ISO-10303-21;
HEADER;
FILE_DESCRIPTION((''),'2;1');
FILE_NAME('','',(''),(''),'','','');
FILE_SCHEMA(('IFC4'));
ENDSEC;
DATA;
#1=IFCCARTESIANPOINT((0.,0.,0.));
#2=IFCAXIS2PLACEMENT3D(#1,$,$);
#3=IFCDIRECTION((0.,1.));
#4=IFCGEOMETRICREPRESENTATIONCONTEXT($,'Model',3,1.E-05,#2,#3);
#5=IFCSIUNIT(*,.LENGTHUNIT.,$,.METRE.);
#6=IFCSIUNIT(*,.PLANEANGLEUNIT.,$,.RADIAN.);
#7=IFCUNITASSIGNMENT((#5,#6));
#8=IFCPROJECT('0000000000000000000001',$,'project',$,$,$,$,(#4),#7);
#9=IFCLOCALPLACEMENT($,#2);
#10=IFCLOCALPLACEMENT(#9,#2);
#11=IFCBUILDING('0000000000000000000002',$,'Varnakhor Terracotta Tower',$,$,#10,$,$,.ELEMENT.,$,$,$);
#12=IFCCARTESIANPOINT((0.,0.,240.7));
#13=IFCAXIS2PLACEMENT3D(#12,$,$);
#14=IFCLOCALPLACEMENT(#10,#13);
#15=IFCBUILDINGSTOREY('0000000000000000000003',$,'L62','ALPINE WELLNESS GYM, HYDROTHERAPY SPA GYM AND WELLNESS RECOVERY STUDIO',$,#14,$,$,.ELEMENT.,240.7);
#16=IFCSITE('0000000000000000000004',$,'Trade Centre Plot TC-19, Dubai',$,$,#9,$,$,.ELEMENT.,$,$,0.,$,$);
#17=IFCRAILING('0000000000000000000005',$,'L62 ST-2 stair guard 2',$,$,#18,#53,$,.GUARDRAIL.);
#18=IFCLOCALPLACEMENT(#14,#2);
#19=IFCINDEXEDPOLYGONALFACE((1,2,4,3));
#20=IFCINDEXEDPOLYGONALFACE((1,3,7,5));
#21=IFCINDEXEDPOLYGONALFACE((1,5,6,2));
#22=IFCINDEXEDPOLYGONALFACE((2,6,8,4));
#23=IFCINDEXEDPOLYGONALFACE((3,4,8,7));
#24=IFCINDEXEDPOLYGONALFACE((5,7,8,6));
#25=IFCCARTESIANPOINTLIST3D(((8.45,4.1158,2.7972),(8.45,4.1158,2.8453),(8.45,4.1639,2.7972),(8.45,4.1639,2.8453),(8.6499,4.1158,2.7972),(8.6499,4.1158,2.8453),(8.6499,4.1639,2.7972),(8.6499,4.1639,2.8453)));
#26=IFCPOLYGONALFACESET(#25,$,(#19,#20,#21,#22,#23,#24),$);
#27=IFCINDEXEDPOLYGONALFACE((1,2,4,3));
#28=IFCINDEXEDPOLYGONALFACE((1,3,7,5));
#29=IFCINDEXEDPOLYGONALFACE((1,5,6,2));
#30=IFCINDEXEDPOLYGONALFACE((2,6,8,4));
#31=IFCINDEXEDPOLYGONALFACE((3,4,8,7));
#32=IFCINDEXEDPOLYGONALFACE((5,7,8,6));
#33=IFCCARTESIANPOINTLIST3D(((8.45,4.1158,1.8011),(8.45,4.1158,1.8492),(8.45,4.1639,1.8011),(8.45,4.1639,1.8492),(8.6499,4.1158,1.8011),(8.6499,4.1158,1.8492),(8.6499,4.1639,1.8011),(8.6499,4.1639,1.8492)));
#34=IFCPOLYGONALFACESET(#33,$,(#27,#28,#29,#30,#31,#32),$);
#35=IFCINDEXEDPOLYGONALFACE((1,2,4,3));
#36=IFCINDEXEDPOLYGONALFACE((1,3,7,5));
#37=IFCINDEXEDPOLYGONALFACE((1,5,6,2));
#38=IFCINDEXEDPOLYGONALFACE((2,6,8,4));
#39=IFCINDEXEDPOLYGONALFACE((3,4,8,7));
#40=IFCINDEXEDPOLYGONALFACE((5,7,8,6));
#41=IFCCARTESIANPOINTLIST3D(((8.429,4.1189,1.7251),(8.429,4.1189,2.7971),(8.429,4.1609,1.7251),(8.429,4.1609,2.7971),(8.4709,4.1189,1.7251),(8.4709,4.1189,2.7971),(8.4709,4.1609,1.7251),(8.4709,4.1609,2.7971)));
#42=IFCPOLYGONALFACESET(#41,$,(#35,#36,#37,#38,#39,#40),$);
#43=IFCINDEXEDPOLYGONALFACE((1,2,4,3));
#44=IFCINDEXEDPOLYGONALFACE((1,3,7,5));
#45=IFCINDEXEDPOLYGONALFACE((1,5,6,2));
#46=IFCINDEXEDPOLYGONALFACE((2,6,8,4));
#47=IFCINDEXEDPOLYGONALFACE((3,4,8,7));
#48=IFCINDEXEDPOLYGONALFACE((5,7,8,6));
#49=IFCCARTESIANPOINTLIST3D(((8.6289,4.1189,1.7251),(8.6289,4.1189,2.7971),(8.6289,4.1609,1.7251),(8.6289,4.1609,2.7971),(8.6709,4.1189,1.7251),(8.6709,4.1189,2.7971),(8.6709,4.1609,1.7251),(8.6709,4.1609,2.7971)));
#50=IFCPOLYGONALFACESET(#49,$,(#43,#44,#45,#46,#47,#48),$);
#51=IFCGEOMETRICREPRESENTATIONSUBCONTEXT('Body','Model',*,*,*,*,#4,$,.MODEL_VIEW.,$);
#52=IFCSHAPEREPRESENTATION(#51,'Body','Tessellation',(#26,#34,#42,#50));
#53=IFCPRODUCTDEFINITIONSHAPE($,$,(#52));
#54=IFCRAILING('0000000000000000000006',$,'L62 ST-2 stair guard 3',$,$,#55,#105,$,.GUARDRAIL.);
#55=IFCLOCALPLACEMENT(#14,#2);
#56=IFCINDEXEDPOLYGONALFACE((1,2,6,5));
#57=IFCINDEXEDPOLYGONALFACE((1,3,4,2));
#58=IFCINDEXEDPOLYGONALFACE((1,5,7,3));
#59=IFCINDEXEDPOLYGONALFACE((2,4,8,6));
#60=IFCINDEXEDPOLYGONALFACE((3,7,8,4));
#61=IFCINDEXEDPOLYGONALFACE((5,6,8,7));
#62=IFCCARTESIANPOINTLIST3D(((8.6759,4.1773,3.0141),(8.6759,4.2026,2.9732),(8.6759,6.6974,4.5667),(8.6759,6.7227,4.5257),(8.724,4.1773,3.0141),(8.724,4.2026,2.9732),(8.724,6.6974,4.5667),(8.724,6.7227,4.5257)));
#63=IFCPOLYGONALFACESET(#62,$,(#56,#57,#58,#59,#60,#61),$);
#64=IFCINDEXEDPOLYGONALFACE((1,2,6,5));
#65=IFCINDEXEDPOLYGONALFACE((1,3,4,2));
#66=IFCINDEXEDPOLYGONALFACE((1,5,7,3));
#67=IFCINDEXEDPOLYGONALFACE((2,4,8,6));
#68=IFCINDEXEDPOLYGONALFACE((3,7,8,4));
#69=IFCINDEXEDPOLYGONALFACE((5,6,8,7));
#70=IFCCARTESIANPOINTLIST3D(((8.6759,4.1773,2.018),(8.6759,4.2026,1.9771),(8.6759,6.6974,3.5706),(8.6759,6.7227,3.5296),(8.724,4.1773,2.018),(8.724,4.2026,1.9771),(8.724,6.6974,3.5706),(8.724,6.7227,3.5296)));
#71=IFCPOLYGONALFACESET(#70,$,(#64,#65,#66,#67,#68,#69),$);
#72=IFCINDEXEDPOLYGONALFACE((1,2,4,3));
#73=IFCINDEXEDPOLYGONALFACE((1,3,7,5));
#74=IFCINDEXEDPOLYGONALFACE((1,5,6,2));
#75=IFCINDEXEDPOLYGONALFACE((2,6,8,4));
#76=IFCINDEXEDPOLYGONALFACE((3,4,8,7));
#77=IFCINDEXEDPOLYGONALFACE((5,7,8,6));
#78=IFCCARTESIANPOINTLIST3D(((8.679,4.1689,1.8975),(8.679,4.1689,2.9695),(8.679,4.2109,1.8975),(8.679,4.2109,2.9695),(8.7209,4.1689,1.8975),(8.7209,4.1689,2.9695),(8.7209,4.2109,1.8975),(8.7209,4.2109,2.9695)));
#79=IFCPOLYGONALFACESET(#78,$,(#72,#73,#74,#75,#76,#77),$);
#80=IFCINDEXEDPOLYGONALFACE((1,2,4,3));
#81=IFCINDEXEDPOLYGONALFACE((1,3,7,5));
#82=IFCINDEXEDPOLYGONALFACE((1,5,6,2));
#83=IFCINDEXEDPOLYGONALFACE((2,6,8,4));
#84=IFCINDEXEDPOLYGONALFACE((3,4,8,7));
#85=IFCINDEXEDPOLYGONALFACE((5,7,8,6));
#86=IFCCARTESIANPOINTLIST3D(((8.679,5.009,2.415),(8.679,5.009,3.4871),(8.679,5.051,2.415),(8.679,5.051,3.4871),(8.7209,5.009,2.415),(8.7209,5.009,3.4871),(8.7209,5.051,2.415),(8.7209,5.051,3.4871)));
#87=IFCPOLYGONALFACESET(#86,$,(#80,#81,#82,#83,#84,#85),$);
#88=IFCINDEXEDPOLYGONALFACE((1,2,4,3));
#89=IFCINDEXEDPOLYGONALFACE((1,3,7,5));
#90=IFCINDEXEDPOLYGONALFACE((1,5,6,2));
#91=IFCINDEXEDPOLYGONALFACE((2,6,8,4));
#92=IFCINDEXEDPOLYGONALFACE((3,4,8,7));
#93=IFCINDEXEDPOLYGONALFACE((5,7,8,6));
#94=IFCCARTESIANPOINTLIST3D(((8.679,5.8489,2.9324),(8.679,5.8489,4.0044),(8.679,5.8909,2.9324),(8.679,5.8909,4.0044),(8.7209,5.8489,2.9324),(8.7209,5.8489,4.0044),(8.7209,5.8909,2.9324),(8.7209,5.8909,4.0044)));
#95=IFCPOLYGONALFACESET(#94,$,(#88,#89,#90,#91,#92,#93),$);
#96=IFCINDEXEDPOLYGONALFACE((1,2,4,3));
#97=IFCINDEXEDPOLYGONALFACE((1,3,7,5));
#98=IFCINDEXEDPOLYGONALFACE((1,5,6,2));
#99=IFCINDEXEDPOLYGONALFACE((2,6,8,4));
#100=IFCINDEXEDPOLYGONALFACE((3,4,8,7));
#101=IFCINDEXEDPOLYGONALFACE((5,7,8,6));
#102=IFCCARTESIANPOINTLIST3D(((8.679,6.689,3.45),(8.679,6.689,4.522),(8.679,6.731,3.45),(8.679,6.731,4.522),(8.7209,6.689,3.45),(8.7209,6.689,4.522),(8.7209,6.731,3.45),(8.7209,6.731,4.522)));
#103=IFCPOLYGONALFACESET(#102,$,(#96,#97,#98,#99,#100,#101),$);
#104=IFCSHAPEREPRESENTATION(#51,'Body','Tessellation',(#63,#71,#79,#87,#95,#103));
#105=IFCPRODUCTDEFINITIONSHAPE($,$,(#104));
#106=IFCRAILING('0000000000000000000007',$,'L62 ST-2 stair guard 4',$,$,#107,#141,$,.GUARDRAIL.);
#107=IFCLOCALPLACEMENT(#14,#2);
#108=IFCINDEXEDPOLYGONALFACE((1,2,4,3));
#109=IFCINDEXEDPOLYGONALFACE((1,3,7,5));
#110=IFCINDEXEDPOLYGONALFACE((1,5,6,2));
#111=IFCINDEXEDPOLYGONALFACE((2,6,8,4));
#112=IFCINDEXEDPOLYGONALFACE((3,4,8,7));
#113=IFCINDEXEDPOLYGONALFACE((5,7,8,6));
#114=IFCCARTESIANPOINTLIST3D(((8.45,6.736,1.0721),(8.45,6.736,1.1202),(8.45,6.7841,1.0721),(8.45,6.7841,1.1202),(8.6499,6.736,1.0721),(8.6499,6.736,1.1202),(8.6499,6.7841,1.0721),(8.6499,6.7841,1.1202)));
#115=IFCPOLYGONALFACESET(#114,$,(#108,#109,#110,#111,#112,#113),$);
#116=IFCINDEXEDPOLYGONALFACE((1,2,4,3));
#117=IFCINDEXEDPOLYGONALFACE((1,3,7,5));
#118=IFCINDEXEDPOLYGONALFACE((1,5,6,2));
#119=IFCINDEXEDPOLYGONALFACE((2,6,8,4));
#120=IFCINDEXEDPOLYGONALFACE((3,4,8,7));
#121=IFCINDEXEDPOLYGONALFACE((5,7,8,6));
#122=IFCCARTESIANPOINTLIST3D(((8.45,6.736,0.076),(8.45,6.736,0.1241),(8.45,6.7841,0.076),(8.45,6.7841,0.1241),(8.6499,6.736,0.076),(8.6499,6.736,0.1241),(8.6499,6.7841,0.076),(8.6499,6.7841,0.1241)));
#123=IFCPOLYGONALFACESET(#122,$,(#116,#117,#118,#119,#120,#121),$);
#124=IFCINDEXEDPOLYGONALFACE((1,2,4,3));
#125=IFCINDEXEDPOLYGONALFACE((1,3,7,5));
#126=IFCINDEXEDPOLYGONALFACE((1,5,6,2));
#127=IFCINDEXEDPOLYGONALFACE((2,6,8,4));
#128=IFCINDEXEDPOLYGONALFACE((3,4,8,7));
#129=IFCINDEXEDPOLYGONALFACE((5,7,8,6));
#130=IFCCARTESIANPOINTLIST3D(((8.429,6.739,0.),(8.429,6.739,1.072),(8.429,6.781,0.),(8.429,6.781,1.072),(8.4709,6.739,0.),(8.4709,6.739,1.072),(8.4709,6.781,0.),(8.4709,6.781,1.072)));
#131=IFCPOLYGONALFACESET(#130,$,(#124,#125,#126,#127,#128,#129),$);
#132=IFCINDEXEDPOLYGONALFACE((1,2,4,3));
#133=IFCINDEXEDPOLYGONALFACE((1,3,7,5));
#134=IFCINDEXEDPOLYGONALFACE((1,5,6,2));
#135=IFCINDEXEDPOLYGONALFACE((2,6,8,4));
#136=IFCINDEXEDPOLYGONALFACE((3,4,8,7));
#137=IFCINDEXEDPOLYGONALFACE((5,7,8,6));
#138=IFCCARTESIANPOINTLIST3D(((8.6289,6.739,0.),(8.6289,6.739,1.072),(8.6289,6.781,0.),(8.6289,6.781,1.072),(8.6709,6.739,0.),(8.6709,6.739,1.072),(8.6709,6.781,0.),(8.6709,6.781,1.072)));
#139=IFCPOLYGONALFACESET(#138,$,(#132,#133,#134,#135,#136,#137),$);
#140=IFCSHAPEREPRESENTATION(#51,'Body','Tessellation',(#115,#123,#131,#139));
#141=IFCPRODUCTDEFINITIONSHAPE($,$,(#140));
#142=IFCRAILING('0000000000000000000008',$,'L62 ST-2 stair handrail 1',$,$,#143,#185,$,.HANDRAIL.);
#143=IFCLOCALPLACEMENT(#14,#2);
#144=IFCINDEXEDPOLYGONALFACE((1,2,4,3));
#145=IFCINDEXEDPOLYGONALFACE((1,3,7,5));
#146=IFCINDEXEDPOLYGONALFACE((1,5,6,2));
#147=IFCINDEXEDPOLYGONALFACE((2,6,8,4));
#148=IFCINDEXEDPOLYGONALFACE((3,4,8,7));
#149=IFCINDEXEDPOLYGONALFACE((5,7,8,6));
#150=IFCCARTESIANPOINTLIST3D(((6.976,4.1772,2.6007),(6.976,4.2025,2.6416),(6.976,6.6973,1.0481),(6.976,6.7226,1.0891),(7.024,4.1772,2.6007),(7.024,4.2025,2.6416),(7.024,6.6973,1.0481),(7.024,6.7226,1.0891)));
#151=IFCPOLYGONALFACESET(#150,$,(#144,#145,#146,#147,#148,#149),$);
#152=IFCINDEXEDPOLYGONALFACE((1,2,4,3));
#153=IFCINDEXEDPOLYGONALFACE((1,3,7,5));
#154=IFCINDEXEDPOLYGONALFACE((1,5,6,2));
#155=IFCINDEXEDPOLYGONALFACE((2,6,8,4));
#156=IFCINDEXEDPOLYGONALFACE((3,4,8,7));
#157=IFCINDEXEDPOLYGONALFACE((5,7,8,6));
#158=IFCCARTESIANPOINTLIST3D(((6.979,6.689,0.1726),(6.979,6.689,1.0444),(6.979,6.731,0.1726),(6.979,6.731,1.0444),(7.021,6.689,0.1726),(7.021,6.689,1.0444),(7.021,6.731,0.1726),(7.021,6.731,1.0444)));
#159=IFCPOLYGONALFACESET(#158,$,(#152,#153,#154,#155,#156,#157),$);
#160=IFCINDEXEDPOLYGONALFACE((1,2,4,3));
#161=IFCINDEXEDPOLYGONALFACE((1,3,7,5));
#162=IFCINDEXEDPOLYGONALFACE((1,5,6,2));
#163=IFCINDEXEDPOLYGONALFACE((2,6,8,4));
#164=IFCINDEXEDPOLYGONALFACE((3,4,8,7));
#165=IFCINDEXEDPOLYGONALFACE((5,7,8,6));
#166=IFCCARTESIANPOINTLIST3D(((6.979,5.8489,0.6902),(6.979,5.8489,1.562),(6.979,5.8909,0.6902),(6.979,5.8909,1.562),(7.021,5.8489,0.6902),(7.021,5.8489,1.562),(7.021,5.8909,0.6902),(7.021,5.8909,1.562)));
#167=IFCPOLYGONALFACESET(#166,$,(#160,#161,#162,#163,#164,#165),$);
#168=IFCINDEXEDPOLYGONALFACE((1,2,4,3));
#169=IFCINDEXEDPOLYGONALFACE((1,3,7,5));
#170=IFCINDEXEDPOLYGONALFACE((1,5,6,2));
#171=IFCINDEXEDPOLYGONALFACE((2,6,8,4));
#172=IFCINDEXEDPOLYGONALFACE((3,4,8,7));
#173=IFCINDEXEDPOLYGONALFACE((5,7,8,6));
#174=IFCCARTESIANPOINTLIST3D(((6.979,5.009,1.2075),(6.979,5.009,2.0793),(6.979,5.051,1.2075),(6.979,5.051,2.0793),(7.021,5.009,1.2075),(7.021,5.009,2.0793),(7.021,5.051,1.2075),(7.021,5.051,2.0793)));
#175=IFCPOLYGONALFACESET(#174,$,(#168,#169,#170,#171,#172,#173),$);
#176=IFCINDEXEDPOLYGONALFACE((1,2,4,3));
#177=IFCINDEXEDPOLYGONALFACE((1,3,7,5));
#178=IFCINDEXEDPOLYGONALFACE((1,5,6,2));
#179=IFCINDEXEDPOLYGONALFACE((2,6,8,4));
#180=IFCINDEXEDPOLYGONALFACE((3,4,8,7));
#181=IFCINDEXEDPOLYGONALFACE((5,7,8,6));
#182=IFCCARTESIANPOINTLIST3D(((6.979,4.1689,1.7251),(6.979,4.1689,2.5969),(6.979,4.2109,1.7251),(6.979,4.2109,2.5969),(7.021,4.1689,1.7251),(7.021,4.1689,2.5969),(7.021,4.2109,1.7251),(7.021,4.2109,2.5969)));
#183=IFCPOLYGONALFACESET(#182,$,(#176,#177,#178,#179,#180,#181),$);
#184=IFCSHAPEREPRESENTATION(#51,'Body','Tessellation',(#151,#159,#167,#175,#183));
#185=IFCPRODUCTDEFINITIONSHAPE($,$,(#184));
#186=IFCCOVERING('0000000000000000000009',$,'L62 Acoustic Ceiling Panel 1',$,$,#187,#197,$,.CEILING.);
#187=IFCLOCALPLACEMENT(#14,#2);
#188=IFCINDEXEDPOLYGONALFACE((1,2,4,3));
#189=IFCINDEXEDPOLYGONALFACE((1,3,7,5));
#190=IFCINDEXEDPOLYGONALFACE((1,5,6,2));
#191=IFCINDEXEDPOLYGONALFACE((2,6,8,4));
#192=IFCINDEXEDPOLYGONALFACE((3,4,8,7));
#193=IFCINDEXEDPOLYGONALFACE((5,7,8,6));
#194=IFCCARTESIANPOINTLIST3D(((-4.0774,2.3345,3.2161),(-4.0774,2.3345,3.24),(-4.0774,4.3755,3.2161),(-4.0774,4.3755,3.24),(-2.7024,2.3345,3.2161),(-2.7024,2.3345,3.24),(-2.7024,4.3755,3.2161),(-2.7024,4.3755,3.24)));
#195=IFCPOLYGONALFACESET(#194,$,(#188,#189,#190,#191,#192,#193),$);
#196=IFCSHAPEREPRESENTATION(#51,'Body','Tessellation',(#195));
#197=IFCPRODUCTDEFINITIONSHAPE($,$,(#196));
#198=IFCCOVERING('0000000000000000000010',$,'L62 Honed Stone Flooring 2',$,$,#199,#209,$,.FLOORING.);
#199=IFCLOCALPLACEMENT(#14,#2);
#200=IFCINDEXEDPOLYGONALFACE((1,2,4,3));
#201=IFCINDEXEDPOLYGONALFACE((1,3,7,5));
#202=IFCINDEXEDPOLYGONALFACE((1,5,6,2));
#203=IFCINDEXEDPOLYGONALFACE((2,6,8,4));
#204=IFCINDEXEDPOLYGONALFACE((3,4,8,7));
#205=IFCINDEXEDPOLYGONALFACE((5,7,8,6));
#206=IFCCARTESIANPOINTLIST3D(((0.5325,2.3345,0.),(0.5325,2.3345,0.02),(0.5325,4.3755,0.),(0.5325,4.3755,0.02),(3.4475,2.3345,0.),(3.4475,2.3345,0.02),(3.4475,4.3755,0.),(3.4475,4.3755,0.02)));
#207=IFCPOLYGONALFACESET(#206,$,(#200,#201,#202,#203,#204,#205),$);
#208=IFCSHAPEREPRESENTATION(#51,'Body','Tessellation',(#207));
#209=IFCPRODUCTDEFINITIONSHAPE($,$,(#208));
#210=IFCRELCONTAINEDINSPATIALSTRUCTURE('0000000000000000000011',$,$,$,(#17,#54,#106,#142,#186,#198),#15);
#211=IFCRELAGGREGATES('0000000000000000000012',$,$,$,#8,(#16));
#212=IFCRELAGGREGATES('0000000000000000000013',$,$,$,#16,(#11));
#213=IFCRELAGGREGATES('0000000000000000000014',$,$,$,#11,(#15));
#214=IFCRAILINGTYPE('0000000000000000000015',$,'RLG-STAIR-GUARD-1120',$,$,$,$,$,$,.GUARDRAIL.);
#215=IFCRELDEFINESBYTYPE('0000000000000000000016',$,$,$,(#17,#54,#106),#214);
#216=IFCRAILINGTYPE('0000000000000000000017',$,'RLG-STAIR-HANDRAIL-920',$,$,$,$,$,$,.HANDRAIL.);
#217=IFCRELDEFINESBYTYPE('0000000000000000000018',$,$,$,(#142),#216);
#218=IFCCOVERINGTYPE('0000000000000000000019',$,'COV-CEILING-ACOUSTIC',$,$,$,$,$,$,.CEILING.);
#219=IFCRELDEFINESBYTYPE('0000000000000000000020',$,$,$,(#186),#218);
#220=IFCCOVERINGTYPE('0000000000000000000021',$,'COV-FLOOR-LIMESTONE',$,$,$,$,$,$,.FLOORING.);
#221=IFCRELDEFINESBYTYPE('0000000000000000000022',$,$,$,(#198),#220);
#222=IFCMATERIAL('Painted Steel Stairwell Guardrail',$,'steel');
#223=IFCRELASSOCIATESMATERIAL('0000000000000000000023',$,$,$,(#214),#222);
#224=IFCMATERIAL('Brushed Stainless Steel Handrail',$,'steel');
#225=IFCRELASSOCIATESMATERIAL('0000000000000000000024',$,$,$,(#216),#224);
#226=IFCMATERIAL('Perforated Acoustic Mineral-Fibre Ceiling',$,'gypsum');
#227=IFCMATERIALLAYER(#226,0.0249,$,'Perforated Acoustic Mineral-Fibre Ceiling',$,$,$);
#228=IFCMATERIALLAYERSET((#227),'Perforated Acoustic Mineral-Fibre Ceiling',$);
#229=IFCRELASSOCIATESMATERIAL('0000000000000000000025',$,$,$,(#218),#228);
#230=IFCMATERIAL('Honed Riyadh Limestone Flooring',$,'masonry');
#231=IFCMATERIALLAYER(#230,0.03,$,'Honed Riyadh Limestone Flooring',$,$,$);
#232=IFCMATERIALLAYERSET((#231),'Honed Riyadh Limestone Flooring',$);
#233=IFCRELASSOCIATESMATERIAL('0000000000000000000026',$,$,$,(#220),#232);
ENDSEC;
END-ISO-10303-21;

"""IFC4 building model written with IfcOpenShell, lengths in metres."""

from ifc_helpers import new_model, si_unit, direction, frame, origin, origin_2d, place, context, subcontext, project, spatial, rectangle, extrude, source, transform, mapped, material, layer, layer_set, type_object, element, save


model = new_model("IFC4")

# Units and contexts
model_context = context("Model", 3, precision=1e-05, world=origin(), true_north=direction((0.0, 1.0)))
body_context = subcontext(model_context, "Body", "Model", "MODEL_VIEW")
ifc_project = project(units=[si_unit("LENGTHUNIT", "METRE"), si_unit("PLANEANGLEUNIT", "RADIAN")], contexts=[model_context])

# Site, building, storey
site_placement = place(None, origin())
site = spatial("IfcSite", under=ifc_project, at=site_placement, Name="Trade Centre Plot TC-19, Dubai", CompositionType="ELEMENT", RefElevation=0.0)
building_placement = place(site_placement, origin())
building = spatial("IfcBuilding", under=site, at=building_placement, Name="Varnakhor Terracotta Tower", CompositionType="ELEMENT")
storey_placement = place(building_placement, frame((0.0, 0.0, 240.7)))
storey = spatial("IfcBuildingStorey", under=building, at=storey_placement, Name="L62", Description="ALPINE WELLNESS GYM, HYDROTHERAPY SPA GYM AND WELLNESS RECOVERY STUDIO", CompositionType="ELEMENT", Elevation=240.7)

# Railings
ifc_material_1 = material(Name="Painted Steel Stairwell Guardrail", Category="steel")
railing_type_1 = type_object("IfcRailingType", Name="RLG-STAIR-GUARD-1120", PredefinedType="GUARDRAIL", material=ifc_material_1)
railing_1_placement = place(storey_placement, frame((8.45, 4.1399, 1.7251)))
element("IfcRailing", 1, at=railing_1_placement, inside=storey, type_object=railing_type_1, Name="L62 ST-2 stair guard 2", PredefinedType="GUARDRAIL", context=body_context, shape_type="SweptSolid", body=[
    extrude(rectangle(XDim=0.0481, YDim=0.0481, at=origin_2d()), frame((0.0, 0.0, 1.0962), z_axis=(1.0, 0.0, 0.0), x_axis=(0.0, 1.0, 0.0)), (0.0, 0.0, 1.0), 0.2),
    extrude(rectangle(XDim=0.0481, YDim=0.0481, at=origin_2d()), frame((0.0, 0.0, 0.1001), z_axis=(1.0, 0.0, 0.0), x_axis=(0.0, 1.0, 0.0)), (0.0, 0.0, 1.0), 0.2),
    extrude(rectangle(XDim=0.042, YDim=0.042, at=origin_2d()), origin(), (0.0, 0.0, 1.0), 1.072),
    extrude(rectangle(XDim=0.042, YDim=0.042, at=origin_2d()), frame((0.2, 0.0, 0.0)), (0.0, 0.0, 1.0), 1.072),
])
railing_2_placement = place(storey_placement, frame((8.7, 4.1899, 1.8975)))
element("IfcRailing", 2, at=railing_2_placement, inside=storey, type_object=railing_type_1, Name="L62 ST-2 stair guard 3", PredefinedType="GUARDRAIL", context=body_context, shape_type="SweptSolid", body=[
    extrude(rectangle(XDim=0.0481, YDim=0.0481, at=origin_2d()), frame((0.0, 0.0, 1.0962), z_axis=(0.0, 0.8514, 0.524516), x_axis=(-1.0, 0.0, 0.0)), (0.0, 0.0, 1.0), 2.96),
    extrude(rectangle(XDim=0.0481, YDim=0.0481, at=origin_2d()), frame((0.0, 0.0, 0.1001), z_axis=(0.0, 0.8514, 0.524516), x_axis=(-1.0, 0.0, 0.0)), (0.0, 0.0, 1.0), 2.96),
    extrude(rectangle(XDim=0.042, YDim=0.042, at=origin_2d()), origin(), (0.0, 0.0, 1.0), 1.072),
    extrude(rectangle(XDim=0.042, YDim=0.042, at=origin_2d()), frame((0.0, 0.8401, 0.5176)), (0.0, 0.0, 1.0), 1.072),
    extrude(rectangle(XDim=0.042, YDim=0.042, at=origin_2d()), frame((0.0, 1.6799, 1.0349)), (0.0, 0.0, 1.0), 1.072),
    extrude(rectangle(XDim=0.042, YDim=0.042, at=origin_2d()), frame((0.0, 2.52, 1.5525)), (0.0, 0.0, 1.0), 1.072),
])
railing_3_placement = place(storey_placement, frame((8.45, 6.76, 0.0)))
element("IfcRailing", 3, at=railing_3_placement, inside=storey, type_object=railing_type_1, Name="L62 ST-2 stair guard 4", PredefinedType="GUARDRAIL", context=body_context, shape_type="SweptSolid", body=[
    extrude(rectangle(XDim=0.0481, YDim=0.0481, at=origin_2d()), frame((0.0, 0.0, 1.0962), z_axis=(1.0, 0.0, 0.0), x_axis=(0.0, 1.0, 0.0)), (0.0, 0.0, 1.0), 0.2),
    extrude(rectangle(XDim=0.0481, YDim=0.0481, at=origin_2d()), frame((0.0, 0.0, 0.1001), z_axis=(1.0, 0.0, 0.0), x_axis=(0.0, 1.0, 0.0)), (0.0, 0.0, 1.0), 0.2),
    extrude(rectangle(XDim=0.042, YDim=0.042, at=origin_2d()), origin(), (0.0, 0.0, 1.0), 1.072),
    extrude(rectangle(XDim=0.042, YDim=0.042, at=origin_2d()), frame((0.2, 0.0, 0.0)), (0.0, 0.0, 1.0), 1.072),
])
ifc_material_2 = material(Name="Brushed Stainless Steel Handrail", Category="steel")
railing_type_2 = type_object("IfcRailingType", Name="RLG-STAIR-HANDRAIL-920", PredefinedType="HANDRAIL", material=ifc_material_2)
railing_4_placement = place(storey_placement, frame((7.0, 6.71, 0.1726)))
element("IfcRailing", 4, at=railing_4_placement, inside=storey, type_object=railing_type_2, Name="L62 ST-2 stair handrail 1", PredefinedType="HANDRAIL", context=body_context, shape_type="SweptSolid", body=[
    extrude(rectangle(XDim=0.0481, YDim=0.0481, at=origin_2d()), frame((0.0, 0.0, 0.896), z_axis=(0.0, -0.8514, 0.524516), x_axis=(1.0, 0.0, 0.0)), (0.0, 0.0, 1.0), 2.96),
    extrude(rectangle(XDim=0.042, YDim=0.042, at=origin_2d()), origin(), (0.0, 0.0, 1.0), 0.8718),
    extrude(rectangle(XDim=0.042, YDim=0.042, at=origin_2d()), frame((0.0, -0.8401, 0.5176)), (0.0, 0.0, 1.0), 0.8718),
    extrude(rectangle(XDim=0.042, YDim=0.042, at=origin_2d()), frame((0.0, -1.6799, 1.0349)), (0.0, 0.0, 1.0), 0.8718),
    extrude(rectangle(XDim=0.042, YDim=0.042, at=origin_2d()), frame((0.0, -2.52, 1.5525)), (0.0, 0.0, 1.0), 0.8718),
])

# Coverings
ifc_material_3 = material(Name="Perforated Acoustic Mineral-Fibre Ceiling", Category="gypsum")
ifc_layer_1 = layer(ifc_material_3, 0.0249, Name="Perforated Acoustic Mineral-Fibre Ceiling")
ifc_layer_set_1 = layer_set([ifc_layer_1], Name="Perforated Acoustic Mineral-Fibre Ceiling")
covering_type_1 = type_object("IfcCoveringType", Name="COV-CEILING-ACOUSTIC", PredefinedType="CEILING", material=ifc_layer_set_1)
shared_shape_1 = source(origin(), body_context, "Body", "SweptSolid", [
    extrude(rectangle(XDim=1.375, YDim=2.041, at=origin_2d()), origin(), (0.0, 0.0, 1.0), 0.0239),
])
covering_1_placement = place(storey_placement, frame((-3.3899, 3.355, 3.2161), z_axis=(0.0, 0.0, 1.0), x_axis=(1.0, 0.0, 0.0)))
element("IfcCovering", 5, at=covering_1_placement, inside=storey, type_object=covering_type_1, Name="L62 Acoustic Ceiling Panel 1", PredefinedType="CEILING", context=body_context, shape_type="MappedRepresentation", body=[
    mapped(shared_shape_1, transform((0.0, 0.0, 0.0), scale=1.0)),
])
ifc_material_4 = material(Name="Honed Riyadh Limestone Flooring", Category="masonry")
ifc_layer_2 = layer(ifc_material_4, 0.03, Name="Honed Riyadh Limestone Flooring")
ifc_layer_set_2 = layer_set([ifc_layer_2], Name="Honed Riyadh Limestone Flooring")
covering_type_2 = type_object("IfcCoveringType", Name="COV-FLOOR-LIMESTONE", PredefinedType="FLOORING", material=ifc_layer_set_2)
shared_shape_2 = source(origin(), body_context, "Body", "SweptSolid", [
    extrude(rectangle(XDim=2.915, YDim=2.041, at=origin_2d()), origin(), (0.0, 0.0, 1.0), 0.02),
])
covering_2_placement = place(storey_placement, frame((1.99, 3.355, 0.0), z_axis=(0.0, 0.0, 1.0), x_axis=(1.0, 0.0, 0.0)))
element("IfcCovering", 6, at=covering_2_placement, inside=storey, type_object=covering_type_2, Name="L62 Honed Stone Flooring 2", PredefinedType="FLOORING", context=body_context, shape_type="MappedRepresentation", body=[
    mapped(shared_shape_2, transform((0.0, 0.0, 0.0), scale=1.0)),
])

save(model, "model.ifc")
